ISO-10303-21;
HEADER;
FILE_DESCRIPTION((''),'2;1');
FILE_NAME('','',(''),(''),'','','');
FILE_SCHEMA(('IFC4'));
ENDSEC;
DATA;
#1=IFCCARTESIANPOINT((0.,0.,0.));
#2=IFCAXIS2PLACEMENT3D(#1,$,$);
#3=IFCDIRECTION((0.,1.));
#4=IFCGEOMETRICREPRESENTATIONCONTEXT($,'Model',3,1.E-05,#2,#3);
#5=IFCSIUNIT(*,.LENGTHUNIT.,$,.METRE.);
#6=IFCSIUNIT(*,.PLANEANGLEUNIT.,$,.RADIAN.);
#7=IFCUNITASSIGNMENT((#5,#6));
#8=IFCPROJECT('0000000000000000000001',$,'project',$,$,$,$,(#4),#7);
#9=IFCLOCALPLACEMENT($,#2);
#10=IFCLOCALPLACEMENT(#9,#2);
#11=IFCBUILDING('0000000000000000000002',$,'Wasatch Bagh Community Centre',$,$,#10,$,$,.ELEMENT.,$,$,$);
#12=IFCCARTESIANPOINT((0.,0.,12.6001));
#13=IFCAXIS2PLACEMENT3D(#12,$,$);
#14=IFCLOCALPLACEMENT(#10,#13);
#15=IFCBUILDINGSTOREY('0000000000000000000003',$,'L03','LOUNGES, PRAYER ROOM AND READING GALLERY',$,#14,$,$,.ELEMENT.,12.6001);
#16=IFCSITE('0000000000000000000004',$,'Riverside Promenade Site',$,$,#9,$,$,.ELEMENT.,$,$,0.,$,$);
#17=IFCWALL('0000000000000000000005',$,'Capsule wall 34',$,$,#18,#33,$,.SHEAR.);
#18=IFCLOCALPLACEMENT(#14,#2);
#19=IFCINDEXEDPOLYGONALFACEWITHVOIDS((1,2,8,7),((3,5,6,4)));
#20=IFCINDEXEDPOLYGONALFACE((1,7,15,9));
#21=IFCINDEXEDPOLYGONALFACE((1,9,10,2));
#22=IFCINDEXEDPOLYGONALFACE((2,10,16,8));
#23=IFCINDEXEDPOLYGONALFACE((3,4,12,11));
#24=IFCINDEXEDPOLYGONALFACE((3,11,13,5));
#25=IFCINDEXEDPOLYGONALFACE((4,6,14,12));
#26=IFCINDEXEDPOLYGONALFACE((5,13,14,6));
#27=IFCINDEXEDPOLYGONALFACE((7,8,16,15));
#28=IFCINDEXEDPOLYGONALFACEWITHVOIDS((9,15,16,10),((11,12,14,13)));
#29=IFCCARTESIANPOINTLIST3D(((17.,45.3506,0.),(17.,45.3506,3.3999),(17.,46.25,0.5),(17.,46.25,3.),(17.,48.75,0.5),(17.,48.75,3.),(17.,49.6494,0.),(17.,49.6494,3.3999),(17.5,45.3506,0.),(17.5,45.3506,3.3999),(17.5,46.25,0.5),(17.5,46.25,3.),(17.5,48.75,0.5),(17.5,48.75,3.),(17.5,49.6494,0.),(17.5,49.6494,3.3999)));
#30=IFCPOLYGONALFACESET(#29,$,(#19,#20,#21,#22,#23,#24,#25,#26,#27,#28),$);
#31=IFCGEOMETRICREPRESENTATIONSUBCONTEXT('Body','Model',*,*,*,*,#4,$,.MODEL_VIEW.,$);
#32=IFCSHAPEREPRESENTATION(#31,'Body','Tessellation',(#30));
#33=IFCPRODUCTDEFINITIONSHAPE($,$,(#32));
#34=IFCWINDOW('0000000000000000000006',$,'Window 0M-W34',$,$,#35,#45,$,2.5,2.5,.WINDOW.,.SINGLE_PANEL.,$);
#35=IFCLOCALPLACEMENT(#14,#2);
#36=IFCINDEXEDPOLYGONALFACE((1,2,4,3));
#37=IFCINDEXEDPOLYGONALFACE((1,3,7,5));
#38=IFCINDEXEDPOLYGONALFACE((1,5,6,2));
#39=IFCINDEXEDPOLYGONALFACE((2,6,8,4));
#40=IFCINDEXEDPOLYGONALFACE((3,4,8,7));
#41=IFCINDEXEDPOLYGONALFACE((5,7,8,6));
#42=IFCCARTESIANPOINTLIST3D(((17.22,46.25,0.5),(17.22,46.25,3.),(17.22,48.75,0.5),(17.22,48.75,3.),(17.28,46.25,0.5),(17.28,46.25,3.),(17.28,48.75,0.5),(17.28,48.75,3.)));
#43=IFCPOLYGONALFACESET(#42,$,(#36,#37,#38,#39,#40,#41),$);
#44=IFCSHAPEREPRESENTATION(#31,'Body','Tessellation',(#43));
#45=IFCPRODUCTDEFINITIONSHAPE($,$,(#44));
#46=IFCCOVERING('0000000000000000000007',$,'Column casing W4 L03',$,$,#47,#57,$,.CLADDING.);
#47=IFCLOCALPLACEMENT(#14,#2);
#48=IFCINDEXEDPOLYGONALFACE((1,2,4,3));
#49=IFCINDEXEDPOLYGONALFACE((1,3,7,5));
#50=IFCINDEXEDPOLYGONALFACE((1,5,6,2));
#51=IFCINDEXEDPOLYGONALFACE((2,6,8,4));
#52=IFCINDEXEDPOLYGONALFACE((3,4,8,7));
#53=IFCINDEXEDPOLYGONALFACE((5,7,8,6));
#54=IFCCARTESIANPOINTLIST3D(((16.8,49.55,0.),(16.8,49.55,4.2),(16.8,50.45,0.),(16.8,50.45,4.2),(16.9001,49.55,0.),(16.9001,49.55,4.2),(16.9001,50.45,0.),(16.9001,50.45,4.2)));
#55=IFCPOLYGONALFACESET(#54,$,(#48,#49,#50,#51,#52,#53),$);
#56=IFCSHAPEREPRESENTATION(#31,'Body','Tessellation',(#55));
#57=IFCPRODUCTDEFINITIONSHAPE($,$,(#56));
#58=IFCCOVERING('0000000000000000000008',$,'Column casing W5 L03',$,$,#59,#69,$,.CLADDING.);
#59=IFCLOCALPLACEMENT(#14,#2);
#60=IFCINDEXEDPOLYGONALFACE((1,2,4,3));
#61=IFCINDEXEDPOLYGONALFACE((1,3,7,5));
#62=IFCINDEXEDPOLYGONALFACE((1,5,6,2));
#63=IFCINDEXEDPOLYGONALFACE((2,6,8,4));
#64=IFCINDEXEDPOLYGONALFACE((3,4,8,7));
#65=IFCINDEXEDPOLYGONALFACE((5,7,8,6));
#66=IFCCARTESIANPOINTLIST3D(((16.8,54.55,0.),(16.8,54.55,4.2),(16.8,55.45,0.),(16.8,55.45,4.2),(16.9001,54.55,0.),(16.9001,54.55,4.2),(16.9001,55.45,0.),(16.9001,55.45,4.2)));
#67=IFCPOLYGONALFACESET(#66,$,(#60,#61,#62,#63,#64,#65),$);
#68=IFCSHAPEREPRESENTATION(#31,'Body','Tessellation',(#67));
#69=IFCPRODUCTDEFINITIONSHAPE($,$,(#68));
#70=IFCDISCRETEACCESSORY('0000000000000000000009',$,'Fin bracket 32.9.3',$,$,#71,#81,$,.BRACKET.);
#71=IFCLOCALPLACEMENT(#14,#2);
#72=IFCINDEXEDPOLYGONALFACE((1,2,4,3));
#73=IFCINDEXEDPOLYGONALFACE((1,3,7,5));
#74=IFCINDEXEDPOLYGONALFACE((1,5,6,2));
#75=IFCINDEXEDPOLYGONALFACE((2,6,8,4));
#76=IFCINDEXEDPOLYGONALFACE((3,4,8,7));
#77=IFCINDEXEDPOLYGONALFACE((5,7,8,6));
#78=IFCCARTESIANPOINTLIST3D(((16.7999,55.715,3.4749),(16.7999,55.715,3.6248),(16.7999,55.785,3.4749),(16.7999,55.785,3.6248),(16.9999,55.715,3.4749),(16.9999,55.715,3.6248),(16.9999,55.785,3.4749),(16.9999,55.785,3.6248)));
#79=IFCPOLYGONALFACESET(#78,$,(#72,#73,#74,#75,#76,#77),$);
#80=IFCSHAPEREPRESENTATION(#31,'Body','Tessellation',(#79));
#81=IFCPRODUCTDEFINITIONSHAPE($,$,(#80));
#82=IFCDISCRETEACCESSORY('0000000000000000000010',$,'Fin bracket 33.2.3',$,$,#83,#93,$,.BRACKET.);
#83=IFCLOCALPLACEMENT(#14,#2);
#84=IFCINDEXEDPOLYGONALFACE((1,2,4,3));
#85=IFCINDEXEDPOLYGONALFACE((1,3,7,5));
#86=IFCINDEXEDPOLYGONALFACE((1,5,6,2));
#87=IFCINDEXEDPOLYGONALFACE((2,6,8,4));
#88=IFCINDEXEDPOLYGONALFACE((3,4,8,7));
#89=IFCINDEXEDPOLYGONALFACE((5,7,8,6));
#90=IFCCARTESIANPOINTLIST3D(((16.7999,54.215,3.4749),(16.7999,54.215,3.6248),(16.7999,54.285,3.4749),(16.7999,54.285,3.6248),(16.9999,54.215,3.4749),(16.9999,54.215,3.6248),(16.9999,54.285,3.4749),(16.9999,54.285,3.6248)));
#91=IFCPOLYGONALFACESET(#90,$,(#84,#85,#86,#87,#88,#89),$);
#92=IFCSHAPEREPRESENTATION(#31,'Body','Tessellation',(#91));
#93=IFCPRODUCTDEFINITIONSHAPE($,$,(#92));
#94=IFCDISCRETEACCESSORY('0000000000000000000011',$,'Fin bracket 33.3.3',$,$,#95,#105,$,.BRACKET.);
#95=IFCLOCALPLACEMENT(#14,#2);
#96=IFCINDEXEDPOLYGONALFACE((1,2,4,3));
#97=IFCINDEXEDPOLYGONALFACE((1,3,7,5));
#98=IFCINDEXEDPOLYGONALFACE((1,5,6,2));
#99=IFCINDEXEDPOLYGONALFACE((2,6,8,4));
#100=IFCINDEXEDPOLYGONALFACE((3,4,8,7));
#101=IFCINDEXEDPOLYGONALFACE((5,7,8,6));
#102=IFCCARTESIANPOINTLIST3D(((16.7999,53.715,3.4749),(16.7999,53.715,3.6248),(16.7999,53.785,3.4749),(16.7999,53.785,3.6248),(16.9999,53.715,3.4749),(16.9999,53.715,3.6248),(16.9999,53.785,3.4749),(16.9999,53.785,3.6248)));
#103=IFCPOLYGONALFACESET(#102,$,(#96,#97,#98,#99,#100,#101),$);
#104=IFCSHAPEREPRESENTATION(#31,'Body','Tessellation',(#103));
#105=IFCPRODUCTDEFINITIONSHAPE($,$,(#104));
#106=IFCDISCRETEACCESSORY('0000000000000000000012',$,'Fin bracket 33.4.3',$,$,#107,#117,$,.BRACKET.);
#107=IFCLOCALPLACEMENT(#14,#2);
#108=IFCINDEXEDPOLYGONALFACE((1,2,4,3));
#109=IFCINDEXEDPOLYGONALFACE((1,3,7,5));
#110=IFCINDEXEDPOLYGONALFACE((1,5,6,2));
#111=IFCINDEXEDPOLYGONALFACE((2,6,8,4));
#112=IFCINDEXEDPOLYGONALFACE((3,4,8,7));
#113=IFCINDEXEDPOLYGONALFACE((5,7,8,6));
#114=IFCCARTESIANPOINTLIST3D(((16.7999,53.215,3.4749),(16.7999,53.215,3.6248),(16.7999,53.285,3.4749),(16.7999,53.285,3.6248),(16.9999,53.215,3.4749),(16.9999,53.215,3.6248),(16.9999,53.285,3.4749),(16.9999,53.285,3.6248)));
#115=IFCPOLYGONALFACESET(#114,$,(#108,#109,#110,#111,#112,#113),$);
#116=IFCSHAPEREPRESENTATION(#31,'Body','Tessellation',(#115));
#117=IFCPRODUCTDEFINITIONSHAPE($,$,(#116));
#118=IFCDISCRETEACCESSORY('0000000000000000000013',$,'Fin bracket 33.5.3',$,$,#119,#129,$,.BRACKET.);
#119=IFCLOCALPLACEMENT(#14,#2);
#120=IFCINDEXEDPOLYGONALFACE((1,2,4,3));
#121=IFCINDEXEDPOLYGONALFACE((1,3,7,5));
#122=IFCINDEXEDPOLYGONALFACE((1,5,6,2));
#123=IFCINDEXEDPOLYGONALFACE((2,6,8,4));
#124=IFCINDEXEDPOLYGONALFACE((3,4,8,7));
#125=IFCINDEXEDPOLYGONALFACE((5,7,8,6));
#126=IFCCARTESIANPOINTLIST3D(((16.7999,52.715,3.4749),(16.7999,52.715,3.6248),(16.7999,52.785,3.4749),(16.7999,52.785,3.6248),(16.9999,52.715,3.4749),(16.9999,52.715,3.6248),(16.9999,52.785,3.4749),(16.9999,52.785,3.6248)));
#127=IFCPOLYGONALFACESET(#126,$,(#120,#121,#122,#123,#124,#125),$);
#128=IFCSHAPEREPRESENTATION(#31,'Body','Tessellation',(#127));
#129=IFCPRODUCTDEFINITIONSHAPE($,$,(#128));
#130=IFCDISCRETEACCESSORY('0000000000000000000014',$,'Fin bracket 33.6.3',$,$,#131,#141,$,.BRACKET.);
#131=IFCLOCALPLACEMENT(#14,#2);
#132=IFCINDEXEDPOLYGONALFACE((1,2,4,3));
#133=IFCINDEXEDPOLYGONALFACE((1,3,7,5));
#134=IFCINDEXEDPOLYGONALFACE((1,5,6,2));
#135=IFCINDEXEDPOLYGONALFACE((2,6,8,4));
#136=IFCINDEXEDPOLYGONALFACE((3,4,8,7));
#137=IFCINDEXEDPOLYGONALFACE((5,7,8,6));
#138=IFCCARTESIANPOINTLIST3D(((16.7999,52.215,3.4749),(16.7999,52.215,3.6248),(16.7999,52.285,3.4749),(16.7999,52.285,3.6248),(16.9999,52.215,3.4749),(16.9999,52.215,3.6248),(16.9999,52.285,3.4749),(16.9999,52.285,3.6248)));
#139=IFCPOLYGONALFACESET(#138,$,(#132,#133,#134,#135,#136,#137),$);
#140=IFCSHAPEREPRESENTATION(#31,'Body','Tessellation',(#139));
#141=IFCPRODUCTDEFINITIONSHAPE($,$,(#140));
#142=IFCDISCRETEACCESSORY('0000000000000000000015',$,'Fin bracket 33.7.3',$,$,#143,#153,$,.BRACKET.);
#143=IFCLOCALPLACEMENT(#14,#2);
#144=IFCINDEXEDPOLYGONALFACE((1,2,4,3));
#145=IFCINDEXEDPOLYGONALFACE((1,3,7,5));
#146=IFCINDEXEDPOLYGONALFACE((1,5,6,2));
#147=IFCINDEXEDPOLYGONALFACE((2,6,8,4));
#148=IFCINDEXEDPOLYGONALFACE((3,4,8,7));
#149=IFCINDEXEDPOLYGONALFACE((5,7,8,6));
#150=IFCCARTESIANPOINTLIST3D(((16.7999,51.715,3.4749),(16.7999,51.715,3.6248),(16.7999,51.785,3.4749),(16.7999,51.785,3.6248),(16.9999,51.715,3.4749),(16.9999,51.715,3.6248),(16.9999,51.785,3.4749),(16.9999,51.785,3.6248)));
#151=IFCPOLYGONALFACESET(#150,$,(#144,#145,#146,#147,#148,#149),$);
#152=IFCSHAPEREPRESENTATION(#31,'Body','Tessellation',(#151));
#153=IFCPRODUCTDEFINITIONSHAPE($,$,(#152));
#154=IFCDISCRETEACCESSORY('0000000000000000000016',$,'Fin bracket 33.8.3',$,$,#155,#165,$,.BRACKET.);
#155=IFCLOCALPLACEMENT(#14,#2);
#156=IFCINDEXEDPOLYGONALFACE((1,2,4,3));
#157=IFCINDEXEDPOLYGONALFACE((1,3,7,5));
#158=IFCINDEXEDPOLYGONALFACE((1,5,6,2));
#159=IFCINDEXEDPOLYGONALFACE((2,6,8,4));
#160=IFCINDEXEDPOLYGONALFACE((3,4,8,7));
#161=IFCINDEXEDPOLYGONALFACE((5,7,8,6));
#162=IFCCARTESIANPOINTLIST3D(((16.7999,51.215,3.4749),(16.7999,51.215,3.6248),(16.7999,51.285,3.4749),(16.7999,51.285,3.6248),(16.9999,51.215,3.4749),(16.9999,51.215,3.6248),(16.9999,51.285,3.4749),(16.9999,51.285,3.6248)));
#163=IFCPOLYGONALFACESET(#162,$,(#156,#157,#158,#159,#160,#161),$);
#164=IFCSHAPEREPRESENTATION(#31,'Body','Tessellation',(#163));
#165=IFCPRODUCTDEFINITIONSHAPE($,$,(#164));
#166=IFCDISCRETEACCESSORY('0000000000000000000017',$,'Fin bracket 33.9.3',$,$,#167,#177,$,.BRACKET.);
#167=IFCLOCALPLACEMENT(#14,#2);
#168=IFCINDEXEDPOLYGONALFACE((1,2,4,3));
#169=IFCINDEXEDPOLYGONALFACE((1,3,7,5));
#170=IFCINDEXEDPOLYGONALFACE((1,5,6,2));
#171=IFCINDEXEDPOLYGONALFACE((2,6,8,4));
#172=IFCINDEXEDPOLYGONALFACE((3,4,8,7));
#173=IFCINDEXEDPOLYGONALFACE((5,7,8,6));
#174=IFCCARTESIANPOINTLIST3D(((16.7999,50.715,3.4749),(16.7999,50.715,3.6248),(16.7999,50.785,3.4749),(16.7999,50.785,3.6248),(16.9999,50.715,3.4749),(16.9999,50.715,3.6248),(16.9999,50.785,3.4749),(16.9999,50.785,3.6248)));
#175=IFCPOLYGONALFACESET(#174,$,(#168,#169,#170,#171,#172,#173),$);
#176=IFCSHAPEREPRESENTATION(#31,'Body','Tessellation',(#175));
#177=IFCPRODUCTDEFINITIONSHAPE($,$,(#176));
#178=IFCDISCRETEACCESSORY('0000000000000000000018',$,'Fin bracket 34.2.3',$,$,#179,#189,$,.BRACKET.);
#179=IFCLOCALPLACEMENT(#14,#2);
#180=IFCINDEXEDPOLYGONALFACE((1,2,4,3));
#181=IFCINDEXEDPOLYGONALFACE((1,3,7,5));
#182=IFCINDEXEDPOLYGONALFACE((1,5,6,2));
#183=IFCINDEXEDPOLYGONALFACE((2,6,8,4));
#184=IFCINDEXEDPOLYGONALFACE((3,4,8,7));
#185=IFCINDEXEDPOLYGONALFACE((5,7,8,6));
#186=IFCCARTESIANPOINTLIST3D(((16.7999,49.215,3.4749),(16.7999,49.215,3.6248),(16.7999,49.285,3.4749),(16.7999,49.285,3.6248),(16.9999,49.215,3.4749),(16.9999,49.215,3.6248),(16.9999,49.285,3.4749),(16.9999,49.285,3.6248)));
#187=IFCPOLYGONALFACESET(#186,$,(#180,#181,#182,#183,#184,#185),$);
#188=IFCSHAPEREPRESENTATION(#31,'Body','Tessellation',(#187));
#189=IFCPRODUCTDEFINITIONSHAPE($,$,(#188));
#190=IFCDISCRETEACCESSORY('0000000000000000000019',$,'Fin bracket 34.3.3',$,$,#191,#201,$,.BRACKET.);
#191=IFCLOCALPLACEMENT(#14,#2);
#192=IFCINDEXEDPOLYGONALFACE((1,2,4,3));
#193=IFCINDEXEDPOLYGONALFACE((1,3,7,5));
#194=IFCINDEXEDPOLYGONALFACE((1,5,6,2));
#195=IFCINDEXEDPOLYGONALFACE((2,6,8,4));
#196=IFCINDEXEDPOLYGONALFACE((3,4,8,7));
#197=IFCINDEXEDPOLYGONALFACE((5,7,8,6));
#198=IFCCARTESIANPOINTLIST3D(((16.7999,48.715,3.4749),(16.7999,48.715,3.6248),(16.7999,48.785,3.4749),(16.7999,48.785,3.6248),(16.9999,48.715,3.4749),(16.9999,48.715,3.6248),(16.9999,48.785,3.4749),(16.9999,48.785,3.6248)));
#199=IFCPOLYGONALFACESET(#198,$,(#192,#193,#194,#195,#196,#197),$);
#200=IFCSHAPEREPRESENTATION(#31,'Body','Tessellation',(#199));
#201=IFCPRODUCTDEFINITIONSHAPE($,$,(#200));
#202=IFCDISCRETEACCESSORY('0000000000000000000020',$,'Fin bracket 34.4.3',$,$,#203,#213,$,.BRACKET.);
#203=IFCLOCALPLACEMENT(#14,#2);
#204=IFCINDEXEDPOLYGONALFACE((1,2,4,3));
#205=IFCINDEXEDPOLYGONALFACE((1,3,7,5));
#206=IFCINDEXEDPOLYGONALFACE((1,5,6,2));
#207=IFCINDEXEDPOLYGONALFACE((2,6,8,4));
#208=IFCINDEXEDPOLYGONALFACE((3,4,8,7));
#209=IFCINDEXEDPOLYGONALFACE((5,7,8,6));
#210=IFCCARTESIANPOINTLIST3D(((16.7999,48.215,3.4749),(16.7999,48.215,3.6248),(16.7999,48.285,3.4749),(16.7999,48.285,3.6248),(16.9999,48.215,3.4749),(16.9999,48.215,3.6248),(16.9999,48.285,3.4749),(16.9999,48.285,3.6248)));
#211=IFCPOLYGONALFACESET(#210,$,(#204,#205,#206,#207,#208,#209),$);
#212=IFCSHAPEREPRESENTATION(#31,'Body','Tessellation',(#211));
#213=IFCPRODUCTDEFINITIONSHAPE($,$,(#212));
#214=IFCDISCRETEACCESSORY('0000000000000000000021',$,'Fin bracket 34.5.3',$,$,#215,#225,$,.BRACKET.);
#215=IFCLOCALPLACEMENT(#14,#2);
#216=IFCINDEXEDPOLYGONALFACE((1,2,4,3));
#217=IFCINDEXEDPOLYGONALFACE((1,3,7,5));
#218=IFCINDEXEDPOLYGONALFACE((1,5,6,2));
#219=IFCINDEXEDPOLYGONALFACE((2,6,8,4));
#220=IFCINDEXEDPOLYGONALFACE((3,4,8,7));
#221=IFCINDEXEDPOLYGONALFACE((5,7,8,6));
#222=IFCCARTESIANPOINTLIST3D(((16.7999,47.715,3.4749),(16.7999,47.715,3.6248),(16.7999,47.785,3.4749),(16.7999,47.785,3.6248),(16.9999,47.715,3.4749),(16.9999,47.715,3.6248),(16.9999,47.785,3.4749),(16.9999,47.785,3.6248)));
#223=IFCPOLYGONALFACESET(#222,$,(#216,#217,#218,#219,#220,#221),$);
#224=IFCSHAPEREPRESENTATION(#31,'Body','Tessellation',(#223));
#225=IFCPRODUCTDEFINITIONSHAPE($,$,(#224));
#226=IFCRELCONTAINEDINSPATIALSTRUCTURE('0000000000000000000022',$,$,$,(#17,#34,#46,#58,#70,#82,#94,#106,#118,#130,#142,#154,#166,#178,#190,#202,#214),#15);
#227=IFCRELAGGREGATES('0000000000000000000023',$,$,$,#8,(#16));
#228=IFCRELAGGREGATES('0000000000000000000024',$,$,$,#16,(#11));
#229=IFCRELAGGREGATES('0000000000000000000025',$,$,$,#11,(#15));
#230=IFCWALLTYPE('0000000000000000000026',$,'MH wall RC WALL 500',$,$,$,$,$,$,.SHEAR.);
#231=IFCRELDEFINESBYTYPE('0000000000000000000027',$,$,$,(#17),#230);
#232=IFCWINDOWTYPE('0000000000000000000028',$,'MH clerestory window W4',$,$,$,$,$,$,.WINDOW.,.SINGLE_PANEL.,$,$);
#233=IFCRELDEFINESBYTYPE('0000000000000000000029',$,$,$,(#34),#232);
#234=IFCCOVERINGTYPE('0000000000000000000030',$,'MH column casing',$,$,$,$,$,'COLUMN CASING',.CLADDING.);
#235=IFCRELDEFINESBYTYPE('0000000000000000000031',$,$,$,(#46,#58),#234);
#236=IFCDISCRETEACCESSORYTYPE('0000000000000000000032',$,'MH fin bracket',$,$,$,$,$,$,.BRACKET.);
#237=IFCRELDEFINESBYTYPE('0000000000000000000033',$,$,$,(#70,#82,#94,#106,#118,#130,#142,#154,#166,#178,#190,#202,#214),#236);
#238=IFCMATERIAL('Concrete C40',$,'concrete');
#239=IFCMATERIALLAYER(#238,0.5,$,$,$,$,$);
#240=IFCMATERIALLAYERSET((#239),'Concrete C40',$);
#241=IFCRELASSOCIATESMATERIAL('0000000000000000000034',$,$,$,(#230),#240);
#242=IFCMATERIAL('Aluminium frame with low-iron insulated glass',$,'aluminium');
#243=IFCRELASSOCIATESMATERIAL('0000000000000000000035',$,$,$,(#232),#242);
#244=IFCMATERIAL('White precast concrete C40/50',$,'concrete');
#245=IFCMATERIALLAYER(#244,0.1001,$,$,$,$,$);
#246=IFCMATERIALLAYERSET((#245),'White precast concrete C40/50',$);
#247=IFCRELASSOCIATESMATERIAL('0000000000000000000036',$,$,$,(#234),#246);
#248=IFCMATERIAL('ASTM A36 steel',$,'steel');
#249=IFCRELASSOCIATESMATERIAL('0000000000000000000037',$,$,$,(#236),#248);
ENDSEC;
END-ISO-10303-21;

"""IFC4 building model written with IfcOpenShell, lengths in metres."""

from ifc_helpers import new_model, si_unit, direction, frame, frame_2d, origin, origin_2d, place, context, subcontext, project, spatial, rectangle, extrude, material, layer, layer_set, type_object, element, fill, save


model = new_model("IFC4")

# Units and contexts
model_context = context("Model", 3, precision=1e-05, world=origin(), true_north=direction((0.0, 1.0)))
body_context = subcontext(model_context, "Body", "Model", "MODEL_VIEW")
ifc_project = project(units=[si_unit("LENGTHUNIT", "METRE"), si_unit("PLANEANGLEUNIT", "RADIAN")], contexts=[model_context])

# Site, building, storey
site_placement = place(None, origin())
site = spatial("IfcSite", under=ifc_project, at=site_placement, Name="Riverside Promenade Site", CompositionType="ELEMENT", RefElevation=0.0)
building_placement = place(site_placement, origin())
building = spatial("IfcBuilding", under=site, at=building_placement, Name="Wasatch Bagh Community Centre", CompositionType="ELEMENT")
storey_placement = place(building_placement, frame((0.0, 0.0, 12.6001)))
storey = spatial("IfcBuildingStorey", under=building, at=storey_placement, Name="L03", Description="LOUNGES, PRAYER ROOM AND READING GALLERY", CompositionType="ELEMENT", Elevation=12.6001)

# Shared definitions
ifc_material_1 = material(Name="Concrete C40", Category="concrete")

# Wall, opening, window
ifc_layer_1 = layer(ifc_material_1, 0.5)
ifc_layer_set_1 = layer_set([ifc_layer_1], Name="Concrete C40")
wall_type_1 = type_object("IfcWallType", Name="MH wall RC WALL 500", PredefinedType="SHEAR", material=ifc_layer_set_1)
ifc_material_2 = material(Name="Aluminium frame with low-iron insulated glass", Category="aluminium")
window_type = type_object("IfcWindowType", Name="MH clerestory window W4", PartitioningType="SINGLE_PANEL", PredefinedType="WINDOW", material=ifc_material_2)
wall_1_placement = place(storey_placement, frame((17.25, 49.6494, 0.0), z_axis=(0.0, 0.0, 1.0), x_axis=(0.0, -1.0, 0.0)))
wall_1 = element("IfcWall", 1, at=wall_1_placement, inside=storey, type_object=wall_type_1, Name="Capsule wall 34", PredefinedType="SHEAR", context=body_context, shape_type="SweptSolid", body=[
    extrude(rectangle(XDim=4.2988, YDim=0.5, at=frame_2d((2.1494, 0.0))), origin(), (0.0, 0.0, 1.0), 3.3999),
])
opening_1_placement = place(wall_1_placement, frame((0.8994, 0.0, 0.5)))
opening_1 = element("IfcOpeningElement", 2, at=opening_1_placement, cuts=wall_1, PredefinedType="OPENING", context=body_context, shape_type="SweptSolid", body=[
    extrude(rectangle(XDim=2.5, YDim=2.5, at=frame_2d((1.25, 1.25))), frame((0.0, 0.26, 0.0), z_axis=(0.0, -1.0, 0.0), x_axis=(1.0, 0.0, 0.0)), (0.0, 0.0, 1.0), 0.52),
])
window_1_placement = place(opening_1_placement, origin())
window_1 = element("IfcWindow", 3, at=window_1_placement, inside=storey, type_object=window_type, Name="Window 0M-W34", OverallHeight=2.5, OverallWidth=2.5, PartitioningType="SINGLE_PANEL", PredefinedType="WINDOW", context=body_context, shape_type="SweptSolid", body=[
    extrude(rectangle(XDim=2.5, YDim=2.5, at=frame_2d((1.25, 1.25))), frame((0.0, 0.03, 0.0), z_axis=(0.0, -1.0, 0.0), x_axis=(1.0, 0.0, 0.0)), (0.0, 0.0, 1.0), 0.0601),
])
fill(opening_1, window_1)

# Coverings
ifc_material_3 = material(Name="White precast concrete C40/50", Category="concrete")
ifc_layer_2 = layer(ifc_material_3, 0.1001)
ifc_layer_set_2 = layer_set([ifc_layer_2], Name="White precast concrete C40/50")
covering_type = type_object("IfcCoveringType", Name="MH column casing", ElementType="COLUMN CASING", PredefinedType="CLADDING", material=ifc_layer_set_2)
for number, where, z_axis, x_axis, name in (
    (4, (16.8501, 50.0, 0.0), (0.0, 0.0, 1.0), (0.0, -1.0, 0.0), "Column casing W4 L03"),
    (5, (16.8501, 55.0, 0.0), (0.0, 0.0, 1.0), (0.0, -1.0, 0.0), "Column casing W5 L03"),
):
    element("IfcCovering", number, at=place(storey_placement, frame(where, z_axis=z_axis, x_axis=x_axis)), inside=storey, type_object=covering_type, Name=name, PredefinedType="CLADDING", context=body_context, shape_type="SweptSolid", body=[
        extrude(rectangle(XDim=0.8999, YDim=0.1001, at=origin_2d()), origin(), (0.0, 0.0, 1.0), 4.2),
    ])

# Discrete accessories
ifc_material_4 = material(Name="ASTM A36 steel", Category="steel")
discrete_accessory_type = type_object("IfcDiscreteAccessoryType", Name="MH fin bracket", PredefinedType="BRACKET", material=ifc_material_4)
for number, where, z_axis, x_axis, name in (
    (6, (16.8999, 55.75, 3.4749), (0.0, 0.0, 1.0), (0.0, -1.0, 0.0), "Fin bracket 32.9.3"),
    (7, (16.8999, 54.25, 3.4749), (0.0, 0.0, 1.0), (0.0, -1.0, 0.0), "Fin bracket 33.2.3"),
    (8, (16.8999, 53.75, 3.4749), (0.0, 0.0, 1.0), (0.0, -1.0, 0.0), "Fin bracket 33.3.3"),
    (9, (16.8999, 53.25, 3.4749), (0.0, 0.0, 1.0), (0.0, -1.0, 0.0), "Fin bracket 33.4.3"),
    (10, (16.8999, 52.75, 3.4749), (0.0, 0.0, 1.0), (0.0, -1.0, 0.0), "Fin bracket 33.5.3"),
    (11, (16.8999, 52.25, 3.4749), (0.0, 0.0, 1.0), (0.0, -1.0, 0.0), "Fin bracket 33.6.3"),
    (12, (16.8999, 51.75, 3.4749), (0.0, 0.0, 1.0), (0.0, -1.0, 0.0), "Fin bracket 33.7.3"),
    (13, (16.8999, 51.25, 3.4749), (0.0, 0.0, 1.0), (0.0, -1.0, 0.0), "Fin bracket 33.8.3"),
    (14, (16.8999, 50.75, 3.4749), (0.0, 0.0, 1.0), (0.0, -1.0, 0.0), "Fin bracket 33.9.3"),
    (15, (16.8999, 49.25, 3.4749), (0.0, 0.0, 1.0), (0.0, -1.0, 0.0), "Fin bracket 34.2.3"),
    (16, (16.8999, 48.75, 3.4749), (0.0, 0.0, 1.0), (0.0, -1.0, 0.0), "Fin bracket 34.3.3"),
    (17, (16.8999, 48.25, 3.4749), (0.0, 0.0, 1.0), (0.0, -1.0, 0.0), "Fin bracket 34.4.3"),
    (18, (16.8999, 47.75, 3.4749), (0.0, 0.0, 1.0), (0.0, -1.0, 0.0), "Fin bracket 34.5.3"),
):
    element("IfcDiscreteAccessory", number, at=place(storey_placement, frame(where, z_axis=z_axis, x_axis=x_axis)), inside=storey, type_object=discrete_accessory_type, Name=name, PredefinedType="BRACKET", context=body_context, shape_type="SweptSolid", body=[
        extrude(rectangle(XDim=0.0701, YDim=0.2, at=origin_2d()), origin(), (0.0, 0.0, 1.0), 0.1499),
    ])

save(model, "model.ifc")
